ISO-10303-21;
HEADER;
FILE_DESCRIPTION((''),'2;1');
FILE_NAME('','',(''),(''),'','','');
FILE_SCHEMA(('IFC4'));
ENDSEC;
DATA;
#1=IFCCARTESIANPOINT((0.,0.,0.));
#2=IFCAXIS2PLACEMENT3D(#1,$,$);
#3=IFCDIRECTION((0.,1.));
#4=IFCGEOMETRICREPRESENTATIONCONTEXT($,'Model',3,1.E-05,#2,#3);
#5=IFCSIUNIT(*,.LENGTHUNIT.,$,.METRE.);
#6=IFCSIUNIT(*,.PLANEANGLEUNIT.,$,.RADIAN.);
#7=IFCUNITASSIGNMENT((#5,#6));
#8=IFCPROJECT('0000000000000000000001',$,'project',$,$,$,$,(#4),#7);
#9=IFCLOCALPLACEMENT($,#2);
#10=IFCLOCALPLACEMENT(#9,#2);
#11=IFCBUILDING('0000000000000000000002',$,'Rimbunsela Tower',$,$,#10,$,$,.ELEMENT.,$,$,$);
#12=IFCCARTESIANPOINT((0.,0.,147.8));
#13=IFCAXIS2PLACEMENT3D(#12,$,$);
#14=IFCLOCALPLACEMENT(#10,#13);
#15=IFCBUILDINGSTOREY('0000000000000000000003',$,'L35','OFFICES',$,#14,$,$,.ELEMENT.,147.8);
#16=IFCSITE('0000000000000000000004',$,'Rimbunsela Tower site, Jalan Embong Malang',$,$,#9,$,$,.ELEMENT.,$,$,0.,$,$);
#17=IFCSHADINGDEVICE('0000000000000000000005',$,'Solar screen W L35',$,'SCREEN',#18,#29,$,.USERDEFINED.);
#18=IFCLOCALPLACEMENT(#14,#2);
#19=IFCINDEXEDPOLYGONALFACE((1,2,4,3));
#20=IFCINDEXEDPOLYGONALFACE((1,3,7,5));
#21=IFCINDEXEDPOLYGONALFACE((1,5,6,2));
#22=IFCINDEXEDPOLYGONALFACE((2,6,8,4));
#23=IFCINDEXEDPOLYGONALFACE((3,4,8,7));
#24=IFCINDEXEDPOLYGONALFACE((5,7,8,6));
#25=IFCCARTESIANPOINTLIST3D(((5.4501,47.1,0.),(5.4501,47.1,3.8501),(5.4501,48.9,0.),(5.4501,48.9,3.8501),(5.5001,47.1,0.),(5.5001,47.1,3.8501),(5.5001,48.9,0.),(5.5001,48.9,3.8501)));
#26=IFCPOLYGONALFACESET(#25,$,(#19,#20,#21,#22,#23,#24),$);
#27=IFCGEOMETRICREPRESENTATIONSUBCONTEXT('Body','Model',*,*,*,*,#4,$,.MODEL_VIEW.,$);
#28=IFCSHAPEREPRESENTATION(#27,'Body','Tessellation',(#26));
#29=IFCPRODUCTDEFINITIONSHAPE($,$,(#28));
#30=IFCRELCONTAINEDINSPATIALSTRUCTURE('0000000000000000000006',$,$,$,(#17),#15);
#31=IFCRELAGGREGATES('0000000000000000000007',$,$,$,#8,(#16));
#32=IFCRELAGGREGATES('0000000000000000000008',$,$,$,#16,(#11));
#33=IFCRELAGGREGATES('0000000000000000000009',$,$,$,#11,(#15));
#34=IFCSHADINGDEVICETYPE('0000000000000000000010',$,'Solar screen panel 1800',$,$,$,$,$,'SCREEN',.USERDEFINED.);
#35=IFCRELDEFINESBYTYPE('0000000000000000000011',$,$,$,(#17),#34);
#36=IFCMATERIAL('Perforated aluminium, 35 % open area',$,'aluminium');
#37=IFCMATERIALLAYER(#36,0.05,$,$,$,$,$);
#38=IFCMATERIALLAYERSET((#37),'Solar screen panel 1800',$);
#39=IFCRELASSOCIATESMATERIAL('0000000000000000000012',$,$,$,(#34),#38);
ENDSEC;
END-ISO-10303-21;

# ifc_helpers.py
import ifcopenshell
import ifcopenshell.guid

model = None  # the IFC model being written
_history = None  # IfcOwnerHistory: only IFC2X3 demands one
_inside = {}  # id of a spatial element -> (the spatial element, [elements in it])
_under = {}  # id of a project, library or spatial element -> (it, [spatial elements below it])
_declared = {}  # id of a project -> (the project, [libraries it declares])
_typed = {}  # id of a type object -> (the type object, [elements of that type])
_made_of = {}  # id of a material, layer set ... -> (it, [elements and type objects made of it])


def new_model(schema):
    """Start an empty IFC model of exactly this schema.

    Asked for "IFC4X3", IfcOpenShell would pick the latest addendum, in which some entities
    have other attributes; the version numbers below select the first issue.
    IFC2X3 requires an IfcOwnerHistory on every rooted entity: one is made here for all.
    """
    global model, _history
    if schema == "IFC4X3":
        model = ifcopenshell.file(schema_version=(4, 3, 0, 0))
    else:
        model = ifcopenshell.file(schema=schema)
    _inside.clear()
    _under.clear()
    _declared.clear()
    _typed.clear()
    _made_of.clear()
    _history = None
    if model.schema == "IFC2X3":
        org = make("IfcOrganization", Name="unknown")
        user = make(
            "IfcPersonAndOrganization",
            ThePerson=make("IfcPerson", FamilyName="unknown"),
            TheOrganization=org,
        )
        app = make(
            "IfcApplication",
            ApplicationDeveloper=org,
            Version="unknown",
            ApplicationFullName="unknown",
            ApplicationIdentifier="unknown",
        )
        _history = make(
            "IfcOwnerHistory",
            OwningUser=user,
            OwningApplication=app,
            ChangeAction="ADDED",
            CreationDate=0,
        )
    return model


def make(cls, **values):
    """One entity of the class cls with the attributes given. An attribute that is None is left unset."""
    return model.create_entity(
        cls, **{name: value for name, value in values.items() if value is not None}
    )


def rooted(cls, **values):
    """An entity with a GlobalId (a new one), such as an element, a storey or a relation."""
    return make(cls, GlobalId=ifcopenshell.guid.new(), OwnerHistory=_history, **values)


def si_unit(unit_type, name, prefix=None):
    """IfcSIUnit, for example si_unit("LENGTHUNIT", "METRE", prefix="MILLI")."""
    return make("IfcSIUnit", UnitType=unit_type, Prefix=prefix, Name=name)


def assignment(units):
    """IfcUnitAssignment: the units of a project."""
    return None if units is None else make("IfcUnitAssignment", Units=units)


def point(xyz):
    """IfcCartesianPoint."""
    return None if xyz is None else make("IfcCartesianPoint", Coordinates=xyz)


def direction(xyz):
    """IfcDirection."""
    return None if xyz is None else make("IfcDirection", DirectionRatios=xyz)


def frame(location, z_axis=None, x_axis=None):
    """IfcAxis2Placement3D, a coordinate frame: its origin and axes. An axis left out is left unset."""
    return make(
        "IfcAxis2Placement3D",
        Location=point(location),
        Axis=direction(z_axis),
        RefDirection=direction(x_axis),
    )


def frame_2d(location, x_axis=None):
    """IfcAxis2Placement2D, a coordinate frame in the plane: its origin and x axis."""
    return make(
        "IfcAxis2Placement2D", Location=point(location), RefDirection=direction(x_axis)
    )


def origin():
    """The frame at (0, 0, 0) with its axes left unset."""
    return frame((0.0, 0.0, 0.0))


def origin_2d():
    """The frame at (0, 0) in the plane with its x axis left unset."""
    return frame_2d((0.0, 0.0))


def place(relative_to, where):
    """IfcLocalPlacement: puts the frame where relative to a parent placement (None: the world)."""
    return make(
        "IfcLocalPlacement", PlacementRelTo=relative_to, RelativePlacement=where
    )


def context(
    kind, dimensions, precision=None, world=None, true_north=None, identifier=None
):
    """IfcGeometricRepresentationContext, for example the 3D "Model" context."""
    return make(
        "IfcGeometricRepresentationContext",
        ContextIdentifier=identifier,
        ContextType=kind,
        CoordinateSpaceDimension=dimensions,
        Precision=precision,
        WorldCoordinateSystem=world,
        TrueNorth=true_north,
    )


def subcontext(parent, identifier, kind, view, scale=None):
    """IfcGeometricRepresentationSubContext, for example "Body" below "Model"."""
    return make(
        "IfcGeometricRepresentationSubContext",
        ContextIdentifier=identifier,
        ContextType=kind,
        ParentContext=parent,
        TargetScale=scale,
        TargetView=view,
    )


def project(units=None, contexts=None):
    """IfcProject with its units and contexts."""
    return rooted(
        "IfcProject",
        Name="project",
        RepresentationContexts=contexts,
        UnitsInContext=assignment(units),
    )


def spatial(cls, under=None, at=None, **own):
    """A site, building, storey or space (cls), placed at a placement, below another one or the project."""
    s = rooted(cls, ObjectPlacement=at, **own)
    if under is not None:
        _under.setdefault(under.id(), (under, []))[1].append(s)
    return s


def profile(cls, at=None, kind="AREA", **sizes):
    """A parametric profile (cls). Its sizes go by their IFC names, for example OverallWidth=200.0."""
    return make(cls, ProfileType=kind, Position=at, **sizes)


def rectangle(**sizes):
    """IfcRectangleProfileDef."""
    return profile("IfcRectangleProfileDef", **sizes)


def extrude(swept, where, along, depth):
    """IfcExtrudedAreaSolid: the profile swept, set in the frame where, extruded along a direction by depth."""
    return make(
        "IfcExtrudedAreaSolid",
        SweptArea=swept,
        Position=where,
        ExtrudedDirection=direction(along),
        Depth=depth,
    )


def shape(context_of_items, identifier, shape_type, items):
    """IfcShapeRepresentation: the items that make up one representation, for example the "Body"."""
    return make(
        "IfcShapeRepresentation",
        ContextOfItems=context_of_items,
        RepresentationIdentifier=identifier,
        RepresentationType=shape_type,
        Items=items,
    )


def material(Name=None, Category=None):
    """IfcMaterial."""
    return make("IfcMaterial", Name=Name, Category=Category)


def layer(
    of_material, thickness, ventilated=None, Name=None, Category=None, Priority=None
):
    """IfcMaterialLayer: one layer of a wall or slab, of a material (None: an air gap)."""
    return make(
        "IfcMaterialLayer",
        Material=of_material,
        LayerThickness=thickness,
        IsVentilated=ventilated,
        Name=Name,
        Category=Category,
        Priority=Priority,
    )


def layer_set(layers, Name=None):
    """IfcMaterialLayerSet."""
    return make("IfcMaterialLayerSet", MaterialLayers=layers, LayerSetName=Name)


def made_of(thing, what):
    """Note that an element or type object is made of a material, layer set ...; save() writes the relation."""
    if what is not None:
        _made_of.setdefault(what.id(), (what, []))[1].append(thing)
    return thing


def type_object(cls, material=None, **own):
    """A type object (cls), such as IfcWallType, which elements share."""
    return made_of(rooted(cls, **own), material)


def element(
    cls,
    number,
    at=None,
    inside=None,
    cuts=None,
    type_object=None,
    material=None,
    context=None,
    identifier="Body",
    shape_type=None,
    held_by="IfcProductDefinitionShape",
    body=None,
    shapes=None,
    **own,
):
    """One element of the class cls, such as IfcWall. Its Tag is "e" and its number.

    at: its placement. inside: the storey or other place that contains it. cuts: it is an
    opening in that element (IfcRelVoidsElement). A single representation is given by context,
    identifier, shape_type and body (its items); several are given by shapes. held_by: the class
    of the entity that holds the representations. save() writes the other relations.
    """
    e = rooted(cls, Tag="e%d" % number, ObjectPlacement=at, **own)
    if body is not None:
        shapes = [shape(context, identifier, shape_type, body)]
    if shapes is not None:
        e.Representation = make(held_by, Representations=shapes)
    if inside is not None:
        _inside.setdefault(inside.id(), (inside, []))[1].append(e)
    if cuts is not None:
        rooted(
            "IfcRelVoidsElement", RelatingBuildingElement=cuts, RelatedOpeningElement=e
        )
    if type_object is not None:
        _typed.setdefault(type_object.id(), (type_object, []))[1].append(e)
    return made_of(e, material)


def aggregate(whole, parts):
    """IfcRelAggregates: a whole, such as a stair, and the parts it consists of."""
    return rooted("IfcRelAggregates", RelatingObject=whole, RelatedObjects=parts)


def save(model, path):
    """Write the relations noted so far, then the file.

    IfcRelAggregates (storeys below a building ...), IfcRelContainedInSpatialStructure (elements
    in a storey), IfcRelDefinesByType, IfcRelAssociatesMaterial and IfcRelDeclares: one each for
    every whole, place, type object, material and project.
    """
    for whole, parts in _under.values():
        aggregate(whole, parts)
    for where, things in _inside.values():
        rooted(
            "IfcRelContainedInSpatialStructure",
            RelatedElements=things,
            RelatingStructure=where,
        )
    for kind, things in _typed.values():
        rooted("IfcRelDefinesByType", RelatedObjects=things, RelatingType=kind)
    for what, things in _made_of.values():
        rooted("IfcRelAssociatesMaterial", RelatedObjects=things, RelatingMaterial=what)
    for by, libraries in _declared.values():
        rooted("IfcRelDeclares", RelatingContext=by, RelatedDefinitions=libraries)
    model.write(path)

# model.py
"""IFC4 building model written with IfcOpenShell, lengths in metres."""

from ifc_helpers import new_model, si_unit, direction, frame, origin, origin_2d, place, context, subcontext, project, spatial, rectangle, extrude, material, layer, layer_set, type_object, element, save


model = new_model("IFC4")

# Units and contexts
model_context = context("Model", 3, precision=1e-05, world=origin(), true_north=direction((0.0, 1.0)))
body_context = subcontext(model_context, "Body", "Model", "MODEL_VIEW")
ifc_project = project(units=[si_unit("LENGTHUNIT", "METRE"), si_unit("PLANEANGLEUNIT", "RADIAN")], contexts=[model_context])

# Site, building, storey
site_placement = place(None, origin())
site = spatial("IfcSite", under=ifc_project, at=site_placement, Name="Rimbunsela Tower site, Jalan Embong Malang", CompositionType="ELEMENT", RefElevation=0.0)
building_placement = place(site_placement, origin())
building = spatial("IfcBuilding", under=site, at=building_placement, Name="Rimbunsela Tower", CompositionType="ELEMENT")
storey_placement = place(building_placement, frame((0.0, 0.0, 147.8)))
storey = spatial("IfcBuildingStorey", under=building, at=storey_placement, Name="L35", Description="OFFICES", CompositionType="ELEMENT", Elevation=147.8)

# Shading device
ifc_material_1 = material(Name="Perforated aluminium, 35 % open area", Category="aluminium")
ifc_layer_1 = layer(ifc_material_1, 0.05)
ifc_layer_set_1 = layer_set([ifc_layer_1], Name="Solar screen panel 1800")
shading_device_type = type_object("IfcShadingDeviceType", Name="Solar screen panel 1800", ElementType="SCREEN", PredefinedType="USERDEFINED", material=ifc_layer_set_1)
for number, where, z_axis, x_axis, name in (
    (1, (5.4751, 48.0, 0.0), (0.0, 0.0, 1.0), (0.0, 1.0, 0.0), "Solar screen W L35"),
):
    element("IfcShadingDevice", number, at=place(storey_placement, frame(where, z_axis=z_axis, x_axis=x_axis)), inside=storey, type_object=shading_device_type, Name=name, ObjectType="SCREEN", PredefinedType="USERDEFINED", context=body_context, shape_type="SweptSolid", body=[
        extrude(rectangle(XDim=1.8, YDim=0.05, at=origin_2d()), origin(), (0.0, 0.0, 1.0), 3.8501),
    ])

save(model, "model.ifc")
